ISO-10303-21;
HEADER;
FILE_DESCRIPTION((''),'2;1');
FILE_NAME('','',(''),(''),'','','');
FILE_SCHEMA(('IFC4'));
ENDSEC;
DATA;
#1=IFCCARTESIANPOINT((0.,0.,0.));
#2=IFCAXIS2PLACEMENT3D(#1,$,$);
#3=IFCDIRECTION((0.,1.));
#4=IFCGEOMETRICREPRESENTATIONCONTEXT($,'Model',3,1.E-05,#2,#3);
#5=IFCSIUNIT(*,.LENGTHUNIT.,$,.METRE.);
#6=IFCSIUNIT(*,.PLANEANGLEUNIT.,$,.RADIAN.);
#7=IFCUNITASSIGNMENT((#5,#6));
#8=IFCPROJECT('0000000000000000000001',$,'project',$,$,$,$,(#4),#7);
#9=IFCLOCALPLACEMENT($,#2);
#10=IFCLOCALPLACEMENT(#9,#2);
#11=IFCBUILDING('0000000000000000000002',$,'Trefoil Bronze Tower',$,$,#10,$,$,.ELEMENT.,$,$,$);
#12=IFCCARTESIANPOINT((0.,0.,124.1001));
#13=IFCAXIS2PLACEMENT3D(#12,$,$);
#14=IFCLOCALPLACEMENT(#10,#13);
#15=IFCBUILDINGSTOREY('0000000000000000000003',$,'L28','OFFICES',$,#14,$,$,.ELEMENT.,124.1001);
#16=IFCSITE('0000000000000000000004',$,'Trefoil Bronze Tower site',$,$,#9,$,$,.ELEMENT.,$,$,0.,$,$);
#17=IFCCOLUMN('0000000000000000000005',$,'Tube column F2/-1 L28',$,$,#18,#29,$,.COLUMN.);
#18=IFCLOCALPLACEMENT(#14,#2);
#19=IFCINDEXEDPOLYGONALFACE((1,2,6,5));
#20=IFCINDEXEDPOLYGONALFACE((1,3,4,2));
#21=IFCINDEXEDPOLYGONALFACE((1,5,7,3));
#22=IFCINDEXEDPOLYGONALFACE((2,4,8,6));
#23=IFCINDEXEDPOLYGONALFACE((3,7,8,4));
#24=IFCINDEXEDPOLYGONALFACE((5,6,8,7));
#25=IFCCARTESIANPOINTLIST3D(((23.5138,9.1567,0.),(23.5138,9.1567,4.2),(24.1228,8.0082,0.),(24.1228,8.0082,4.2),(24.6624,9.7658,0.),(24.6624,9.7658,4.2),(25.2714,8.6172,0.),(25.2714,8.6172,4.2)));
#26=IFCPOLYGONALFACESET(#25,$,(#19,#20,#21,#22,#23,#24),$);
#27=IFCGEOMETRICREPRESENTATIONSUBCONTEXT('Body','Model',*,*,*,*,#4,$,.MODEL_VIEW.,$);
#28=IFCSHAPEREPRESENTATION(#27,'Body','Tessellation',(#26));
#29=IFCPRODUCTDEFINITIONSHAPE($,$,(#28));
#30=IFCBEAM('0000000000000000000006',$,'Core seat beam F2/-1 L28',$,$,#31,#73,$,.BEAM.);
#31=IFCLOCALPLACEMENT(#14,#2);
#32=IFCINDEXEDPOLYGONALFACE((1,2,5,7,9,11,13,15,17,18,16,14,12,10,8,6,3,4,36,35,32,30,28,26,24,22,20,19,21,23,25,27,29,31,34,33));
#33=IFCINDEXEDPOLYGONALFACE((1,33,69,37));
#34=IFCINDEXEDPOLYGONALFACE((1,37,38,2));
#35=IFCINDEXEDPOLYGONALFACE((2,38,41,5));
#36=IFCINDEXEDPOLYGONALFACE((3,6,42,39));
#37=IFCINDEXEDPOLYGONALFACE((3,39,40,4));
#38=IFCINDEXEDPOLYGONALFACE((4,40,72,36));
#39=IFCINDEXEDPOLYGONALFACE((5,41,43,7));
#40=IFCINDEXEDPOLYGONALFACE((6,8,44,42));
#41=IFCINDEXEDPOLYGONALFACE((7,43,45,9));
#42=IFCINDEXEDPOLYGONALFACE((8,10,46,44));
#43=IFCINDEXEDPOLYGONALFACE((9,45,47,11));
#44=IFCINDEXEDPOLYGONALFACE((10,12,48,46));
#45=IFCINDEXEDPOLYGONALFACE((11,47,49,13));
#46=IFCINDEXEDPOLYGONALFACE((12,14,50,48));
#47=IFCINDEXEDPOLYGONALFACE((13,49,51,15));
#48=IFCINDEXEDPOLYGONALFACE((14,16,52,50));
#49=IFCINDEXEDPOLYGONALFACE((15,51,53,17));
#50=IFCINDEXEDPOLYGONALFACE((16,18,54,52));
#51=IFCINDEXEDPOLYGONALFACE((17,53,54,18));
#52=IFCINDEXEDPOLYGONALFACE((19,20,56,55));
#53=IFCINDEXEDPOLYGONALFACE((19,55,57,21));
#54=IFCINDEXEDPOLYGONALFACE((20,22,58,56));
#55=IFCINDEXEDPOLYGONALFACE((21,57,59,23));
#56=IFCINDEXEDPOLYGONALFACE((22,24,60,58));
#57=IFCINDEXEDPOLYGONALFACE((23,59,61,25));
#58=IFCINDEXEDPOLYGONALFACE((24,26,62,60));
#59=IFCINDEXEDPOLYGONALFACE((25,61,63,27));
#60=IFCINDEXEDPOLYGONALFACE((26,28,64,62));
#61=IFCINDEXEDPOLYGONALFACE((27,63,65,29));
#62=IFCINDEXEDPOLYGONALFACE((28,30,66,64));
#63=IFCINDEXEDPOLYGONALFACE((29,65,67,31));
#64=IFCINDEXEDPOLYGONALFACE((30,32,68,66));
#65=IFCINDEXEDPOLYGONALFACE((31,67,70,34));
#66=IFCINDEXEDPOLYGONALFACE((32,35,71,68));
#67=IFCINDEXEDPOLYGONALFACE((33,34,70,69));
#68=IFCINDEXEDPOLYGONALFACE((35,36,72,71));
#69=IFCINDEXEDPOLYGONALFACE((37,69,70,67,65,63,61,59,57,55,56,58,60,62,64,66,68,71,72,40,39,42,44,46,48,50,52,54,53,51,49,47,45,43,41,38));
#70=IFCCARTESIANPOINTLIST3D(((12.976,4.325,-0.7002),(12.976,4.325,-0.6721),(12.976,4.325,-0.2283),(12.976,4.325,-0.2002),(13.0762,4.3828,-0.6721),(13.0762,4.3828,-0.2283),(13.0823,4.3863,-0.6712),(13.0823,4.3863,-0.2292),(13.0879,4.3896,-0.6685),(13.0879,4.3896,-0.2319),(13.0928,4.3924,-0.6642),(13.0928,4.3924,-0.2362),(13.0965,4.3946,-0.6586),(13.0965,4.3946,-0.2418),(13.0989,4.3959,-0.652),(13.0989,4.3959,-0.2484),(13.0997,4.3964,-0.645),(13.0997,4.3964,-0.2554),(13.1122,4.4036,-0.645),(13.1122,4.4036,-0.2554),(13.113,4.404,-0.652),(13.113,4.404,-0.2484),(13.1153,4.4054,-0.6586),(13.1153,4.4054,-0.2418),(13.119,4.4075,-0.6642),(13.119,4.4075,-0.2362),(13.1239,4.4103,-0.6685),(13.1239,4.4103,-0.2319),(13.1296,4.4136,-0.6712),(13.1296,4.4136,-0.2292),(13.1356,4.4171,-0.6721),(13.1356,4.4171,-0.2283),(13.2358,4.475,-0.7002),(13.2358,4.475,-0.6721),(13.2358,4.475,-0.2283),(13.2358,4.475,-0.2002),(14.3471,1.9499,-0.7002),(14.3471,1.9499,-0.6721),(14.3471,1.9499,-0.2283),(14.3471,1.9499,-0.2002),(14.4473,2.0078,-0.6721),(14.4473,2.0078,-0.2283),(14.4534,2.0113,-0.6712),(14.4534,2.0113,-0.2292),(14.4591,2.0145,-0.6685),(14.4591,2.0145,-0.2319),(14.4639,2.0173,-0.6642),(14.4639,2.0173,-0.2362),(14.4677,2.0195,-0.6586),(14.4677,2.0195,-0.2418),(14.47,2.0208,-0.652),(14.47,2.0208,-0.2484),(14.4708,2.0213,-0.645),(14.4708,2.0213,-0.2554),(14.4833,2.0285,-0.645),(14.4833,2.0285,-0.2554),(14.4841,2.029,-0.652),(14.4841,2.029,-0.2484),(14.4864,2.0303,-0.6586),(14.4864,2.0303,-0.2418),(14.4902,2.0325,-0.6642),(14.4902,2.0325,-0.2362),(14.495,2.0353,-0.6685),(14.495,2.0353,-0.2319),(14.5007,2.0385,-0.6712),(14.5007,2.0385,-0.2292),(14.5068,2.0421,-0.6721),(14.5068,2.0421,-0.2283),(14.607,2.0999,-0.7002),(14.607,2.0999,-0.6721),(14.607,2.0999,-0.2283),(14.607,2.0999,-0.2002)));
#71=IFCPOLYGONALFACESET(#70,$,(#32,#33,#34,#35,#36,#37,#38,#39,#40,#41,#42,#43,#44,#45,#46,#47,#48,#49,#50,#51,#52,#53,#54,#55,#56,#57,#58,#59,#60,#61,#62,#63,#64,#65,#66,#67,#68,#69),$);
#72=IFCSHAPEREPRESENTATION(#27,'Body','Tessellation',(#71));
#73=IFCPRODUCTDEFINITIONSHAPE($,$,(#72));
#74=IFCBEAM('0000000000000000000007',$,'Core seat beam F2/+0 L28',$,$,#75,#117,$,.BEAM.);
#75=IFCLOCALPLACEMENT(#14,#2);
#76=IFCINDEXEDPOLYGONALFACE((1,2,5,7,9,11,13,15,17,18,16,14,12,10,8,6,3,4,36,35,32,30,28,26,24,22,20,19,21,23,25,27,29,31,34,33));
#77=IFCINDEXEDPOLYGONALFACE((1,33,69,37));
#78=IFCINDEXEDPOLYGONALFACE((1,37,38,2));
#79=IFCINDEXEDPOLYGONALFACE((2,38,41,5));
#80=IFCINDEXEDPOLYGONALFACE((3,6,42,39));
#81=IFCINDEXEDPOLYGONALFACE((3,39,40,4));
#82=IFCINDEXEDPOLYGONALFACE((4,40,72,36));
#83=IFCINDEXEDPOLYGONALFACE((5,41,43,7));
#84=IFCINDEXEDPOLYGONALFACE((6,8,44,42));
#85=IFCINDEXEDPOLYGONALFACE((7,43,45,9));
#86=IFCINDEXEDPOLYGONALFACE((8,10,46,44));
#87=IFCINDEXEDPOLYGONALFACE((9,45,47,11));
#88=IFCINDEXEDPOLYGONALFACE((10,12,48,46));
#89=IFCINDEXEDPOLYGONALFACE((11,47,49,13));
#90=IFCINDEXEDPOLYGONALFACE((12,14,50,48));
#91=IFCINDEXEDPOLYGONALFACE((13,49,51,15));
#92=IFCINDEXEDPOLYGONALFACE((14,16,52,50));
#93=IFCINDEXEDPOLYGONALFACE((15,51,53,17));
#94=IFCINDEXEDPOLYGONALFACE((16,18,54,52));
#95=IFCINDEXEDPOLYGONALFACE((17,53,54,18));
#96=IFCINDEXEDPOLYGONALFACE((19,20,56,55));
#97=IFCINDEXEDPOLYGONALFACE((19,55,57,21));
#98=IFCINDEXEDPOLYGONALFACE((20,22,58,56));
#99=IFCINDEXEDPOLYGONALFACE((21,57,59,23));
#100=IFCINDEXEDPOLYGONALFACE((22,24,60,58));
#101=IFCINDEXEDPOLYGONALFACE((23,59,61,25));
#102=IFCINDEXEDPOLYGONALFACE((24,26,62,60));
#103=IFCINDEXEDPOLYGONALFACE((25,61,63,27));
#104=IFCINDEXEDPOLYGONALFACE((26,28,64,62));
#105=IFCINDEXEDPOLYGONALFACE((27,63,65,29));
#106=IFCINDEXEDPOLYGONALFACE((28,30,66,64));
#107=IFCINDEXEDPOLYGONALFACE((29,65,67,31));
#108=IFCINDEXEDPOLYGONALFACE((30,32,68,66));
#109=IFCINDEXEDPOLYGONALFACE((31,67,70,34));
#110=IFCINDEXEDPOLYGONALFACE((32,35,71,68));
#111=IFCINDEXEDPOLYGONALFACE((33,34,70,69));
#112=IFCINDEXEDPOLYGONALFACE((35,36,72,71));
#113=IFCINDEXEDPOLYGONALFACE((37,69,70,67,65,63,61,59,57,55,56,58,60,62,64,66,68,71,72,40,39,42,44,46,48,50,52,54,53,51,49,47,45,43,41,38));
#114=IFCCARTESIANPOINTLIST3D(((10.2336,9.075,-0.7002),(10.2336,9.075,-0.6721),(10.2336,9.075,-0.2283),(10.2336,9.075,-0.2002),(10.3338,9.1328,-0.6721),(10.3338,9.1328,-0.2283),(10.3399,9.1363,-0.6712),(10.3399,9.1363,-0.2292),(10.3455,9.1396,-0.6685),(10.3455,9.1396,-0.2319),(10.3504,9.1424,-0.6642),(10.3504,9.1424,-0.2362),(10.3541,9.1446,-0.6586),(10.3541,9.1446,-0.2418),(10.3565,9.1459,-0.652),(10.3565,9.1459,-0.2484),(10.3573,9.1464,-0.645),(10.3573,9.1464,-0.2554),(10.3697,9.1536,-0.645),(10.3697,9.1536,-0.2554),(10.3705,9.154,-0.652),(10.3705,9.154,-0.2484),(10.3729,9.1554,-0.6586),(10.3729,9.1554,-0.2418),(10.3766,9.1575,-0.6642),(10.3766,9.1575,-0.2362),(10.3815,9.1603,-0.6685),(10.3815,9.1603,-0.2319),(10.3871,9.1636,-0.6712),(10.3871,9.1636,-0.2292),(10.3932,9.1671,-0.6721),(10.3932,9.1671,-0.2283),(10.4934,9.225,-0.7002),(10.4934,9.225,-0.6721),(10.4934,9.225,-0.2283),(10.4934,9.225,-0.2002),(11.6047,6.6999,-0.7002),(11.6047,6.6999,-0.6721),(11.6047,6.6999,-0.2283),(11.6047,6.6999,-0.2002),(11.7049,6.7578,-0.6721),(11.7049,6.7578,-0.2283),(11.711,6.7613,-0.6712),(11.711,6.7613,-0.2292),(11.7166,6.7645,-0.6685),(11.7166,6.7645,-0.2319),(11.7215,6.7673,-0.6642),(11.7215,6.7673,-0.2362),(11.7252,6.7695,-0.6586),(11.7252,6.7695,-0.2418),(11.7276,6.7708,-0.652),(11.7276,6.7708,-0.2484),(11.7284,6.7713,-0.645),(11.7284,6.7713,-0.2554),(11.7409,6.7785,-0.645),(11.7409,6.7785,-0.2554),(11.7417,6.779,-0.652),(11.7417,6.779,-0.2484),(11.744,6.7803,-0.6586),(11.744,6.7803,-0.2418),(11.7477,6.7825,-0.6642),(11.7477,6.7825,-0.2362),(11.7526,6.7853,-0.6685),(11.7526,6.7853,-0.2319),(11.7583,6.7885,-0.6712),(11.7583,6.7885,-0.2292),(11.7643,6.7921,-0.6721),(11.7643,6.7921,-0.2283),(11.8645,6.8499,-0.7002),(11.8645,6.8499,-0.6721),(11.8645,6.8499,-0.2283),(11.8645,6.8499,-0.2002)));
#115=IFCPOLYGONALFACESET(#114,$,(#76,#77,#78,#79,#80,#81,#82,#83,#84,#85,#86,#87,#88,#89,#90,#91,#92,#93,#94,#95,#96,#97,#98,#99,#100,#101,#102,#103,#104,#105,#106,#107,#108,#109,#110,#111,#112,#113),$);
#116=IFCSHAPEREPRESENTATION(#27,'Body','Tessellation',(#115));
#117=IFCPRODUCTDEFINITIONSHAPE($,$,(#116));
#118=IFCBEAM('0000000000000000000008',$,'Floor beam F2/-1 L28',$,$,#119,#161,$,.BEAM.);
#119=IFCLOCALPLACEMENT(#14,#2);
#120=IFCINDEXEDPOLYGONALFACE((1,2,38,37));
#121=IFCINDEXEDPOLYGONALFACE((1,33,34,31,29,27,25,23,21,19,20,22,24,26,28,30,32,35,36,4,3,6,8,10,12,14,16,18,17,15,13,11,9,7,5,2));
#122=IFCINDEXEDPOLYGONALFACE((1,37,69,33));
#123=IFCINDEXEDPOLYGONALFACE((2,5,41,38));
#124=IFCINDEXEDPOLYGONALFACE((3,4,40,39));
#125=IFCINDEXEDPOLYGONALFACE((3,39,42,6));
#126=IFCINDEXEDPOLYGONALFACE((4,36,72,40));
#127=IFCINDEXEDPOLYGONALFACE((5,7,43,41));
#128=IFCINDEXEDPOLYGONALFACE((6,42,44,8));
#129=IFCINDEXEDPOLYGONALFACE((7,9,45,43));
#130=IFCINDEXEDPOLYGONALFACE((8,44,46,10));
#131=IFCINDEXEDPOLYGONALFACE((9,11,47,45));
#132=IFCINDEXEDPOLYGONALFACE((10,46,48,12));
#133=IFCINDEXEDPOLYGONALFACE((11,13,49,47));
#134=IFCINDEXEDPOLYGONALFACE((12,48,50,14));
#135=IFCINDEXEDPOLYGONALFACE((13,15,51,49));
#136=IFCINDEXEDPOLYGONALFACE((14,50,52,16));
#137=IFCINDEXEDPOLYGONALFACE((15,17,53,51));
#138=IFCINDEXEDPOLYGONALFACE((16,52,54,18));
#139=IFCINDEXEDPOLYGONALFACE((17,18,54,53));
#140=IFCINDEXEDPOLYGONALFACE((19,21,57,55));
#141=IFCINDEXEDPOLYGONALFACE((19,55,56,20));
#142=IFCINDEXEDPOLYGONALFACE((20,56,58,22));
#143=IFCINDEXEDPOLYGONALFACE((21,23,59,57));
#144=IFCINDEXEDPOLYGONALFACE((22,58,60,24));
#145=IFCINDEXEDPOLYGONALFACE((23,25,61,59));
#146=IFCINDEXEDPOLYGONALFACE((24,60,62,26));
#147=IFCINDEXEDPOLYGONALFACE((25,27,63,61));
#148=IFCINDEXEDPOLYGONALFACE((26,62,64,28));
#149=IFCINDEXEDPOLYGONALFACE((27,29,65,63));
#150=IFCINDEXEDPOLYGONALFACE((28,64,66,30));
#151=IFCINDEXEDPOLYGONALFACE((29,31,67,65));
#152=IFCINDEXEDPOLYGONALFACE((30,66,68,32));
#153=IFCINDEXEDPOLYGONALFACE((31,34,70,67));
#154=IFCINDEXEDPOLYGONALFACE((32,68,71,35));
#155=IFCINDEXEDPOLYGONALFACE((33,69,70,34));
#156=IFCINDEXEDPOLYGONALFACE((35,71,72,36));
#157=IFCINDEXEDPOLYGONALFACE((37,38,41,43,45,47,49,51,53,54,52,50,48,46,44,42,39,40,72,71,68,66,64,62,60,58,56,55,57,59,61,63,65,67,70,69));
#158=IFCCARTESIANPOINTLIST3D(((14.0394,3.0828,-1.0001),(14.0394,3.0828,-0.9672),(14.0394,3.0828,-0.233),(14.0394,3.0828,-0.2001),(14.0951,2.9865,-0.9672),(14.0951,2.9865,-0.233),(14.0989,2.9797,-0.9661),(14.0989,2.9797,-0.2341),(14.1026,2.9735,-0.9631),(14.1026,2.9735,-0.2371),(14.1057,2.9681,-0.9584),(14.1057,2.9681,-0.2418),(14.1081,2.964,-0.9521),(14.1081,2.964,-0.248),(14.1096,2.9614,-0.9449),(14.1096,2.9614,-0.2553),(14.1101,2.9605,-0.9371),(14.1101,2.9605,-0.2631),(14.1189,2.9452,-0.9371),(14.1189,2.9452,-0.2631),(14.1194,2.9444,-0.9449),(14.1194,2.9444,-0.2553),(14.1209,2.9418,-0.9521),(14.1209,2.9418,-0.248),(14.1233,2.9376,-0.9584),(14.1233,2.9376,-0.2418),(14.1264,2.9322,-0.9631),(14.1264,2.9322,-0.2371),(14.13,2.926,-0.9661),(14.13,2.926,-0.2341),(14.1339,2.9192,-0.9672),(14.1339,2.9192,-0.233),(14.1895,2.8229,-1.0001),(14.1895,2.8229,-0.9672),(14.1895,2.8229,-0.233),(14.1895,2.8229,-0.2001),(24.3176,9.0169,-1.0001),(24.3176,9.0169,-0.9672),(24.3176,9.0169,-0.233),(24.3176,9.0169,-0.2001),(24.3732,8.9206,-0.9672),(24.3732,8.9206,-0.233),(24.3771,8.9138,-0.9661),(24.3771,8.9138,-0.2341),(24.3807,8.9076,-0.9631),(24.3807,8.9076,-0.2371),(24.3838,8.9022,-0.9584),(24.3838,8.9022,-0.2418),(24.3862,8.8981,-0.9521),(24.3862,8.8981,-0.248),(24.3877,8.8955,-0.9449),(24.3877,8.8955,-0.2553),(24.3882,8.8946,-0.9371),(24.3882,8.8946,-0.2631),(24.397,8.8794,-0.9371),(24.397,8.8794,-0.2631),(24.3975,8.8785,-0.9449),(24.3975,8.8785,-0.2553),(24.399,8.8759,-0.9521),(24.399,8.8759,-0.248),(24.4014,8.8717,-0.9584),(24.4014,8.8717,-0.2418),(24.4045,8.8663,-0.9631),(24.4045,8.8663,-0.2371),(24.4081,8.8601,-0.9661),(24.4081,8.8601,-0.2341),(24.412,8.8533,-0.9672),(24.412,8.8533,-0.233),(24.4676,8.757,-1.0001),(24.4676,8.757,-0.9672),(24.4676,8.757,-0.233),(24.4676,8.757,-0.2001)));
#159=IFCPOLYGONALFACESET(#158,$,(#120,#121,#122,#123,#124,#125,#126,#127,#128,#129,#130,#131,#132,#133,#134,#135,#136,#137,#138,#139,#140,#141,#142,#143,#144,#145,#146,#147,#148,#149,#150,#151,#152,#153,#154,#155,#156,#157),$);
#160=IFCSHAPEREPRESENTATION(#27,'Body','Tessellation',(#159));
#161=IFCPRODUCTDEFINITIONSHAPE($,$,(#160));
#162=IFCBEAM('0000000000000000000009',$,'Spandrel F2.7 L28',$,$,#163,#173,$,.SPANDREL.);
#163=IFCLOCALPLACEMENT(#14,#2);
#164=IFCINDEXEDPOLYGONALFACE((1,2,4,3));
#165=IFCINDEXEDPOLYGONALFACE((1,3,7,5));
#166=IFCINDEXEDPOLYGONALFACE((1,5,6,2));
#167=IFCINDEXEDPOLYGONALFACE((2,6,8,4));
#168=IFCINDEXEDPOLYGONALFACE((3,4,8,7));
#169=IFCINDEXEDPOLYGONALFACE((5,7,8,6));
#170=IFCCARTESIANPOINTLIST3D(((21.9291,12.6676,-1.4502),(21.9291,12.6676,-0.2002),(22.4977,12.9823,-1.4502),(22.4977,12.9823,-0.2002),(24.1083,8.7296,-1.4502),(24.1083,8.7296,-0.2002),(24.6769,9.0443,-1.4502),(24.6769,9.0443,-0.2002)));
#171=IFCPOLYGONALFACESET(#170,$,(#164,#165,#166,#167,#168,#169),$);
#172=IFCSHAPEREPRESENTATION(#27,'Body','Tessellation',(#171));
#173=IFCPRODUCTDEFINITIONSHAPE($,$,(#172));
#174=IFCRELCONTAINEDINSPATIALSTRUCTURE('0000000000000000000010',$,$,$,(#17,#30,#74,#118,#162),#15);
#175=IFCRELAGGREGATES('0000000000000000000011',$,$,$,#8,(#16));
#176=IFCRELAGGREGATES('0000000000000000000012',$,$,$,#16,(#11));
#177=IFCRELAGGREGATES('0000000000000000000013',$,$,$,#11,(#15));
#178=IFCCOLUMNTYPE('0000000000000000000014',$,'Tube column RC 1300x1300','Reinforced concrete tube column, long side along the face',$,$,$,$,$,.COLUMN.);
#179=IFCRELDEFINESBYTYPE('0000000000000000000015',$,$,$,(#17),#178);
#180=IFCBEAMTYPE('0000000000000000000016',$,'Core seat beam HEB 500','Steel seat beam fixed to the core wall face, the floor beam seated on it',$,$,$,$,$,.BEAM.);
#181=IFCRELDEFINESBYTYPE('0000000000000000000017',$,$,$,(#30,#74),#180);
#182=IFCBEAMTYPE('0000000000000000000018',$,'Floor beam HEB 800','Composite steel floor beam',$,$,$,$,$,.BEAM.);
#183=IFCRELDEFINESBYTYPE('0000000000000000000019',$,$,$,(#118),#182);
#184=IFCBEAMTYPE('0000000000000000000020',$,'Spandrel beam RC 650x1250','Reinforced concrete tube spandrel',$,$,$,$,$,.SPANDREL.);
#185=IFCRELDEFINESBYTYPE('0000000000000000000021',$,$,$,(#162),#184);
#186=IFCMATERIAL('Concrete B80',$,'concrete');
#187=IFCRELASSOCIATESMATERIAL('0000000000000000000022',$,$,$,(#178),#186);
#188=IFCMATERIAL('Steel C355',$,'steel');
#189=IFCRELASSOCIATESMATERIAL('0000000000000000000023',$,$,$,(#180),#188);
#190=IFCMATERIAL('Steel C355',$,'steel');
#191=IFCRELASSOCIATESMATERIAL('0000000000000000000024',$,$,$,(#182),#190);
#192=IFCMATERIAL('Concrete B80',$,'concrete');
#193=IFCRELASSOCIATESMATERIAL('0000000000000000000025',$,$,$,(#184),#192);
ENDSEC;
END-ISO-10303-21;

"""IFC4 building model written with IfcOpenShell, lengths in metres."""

from ifc_helpers import new_model, si_unit, direction, frame, origin, origin_2d, place, context, subcontext, project, spatial, rectangle, i_section, extrude, material, material_profile, profile_set, type_object, element, save


model = new_model("IFC4")

# Units and contexts
model_context = context("Model", 3, precision=1e-05, world=origin(), true_north=direction((0.0, 1.0)))
body_context = subcontext(model_context, "Body", "Model", "MODEL_VIEW")
ifc_project = project(units=[si_unit("LENGTHUNIT", "METRE"), si_unit("PLANEANGLEUNIT", "RADIAN")], contexts=[model_context])

# Site, building, storey
site_placement = place(None, origin())
site = spatial("IfcSite", under=ifc_project, at=site_placement, Name="Trefoil Bronze Tower site", CompositionType="ELEMENT", RefElevation=0.0)
building_placement = place(site_placement, origin())
building = spatial("IfcBuilding", under=site, at=building_placement, Name="Trefoil Bronze Tower", CompositionType="ELEMENT")
storey_placement = place(building_placement, frame((0.0, 0.0, 124.1001)))
storey = spatial("IfcBuildingStorey", under=building, at=storey_placement, Name="L28", Description="OFFICES", CompositionType="ELEMENT", Elevation=124.1001)

# Column
ifc_material_1 = material(Name="Concrete B80", Category="concrete")
ifc_material_profile_1 = material_profile(ifc_material_1, rectangle(XDim=1.3, YDim=1.3, at=origin_2d()), Name="RC 1300x1300")
ifc_profile_set_1 = profile_set([ifc_material_profile_1], Name="Concrete B80")
column_type = type_object("IfcColumnType", Name="Tube column RC 1300x1300", Description="Reinforced concrete tube column, long side along the face", PredefinedType="COLUMN", material=ifc_profile_set_1)
column_placement = place(storey_placement, frame((24.3926, 8.887, 0.0), z_axis=(0.0, 0.0, 1.0), x_axis=(-0.468457, 0.883486, 0.0)))
element("IfcColumn", 1, at=column_placement, inside=storey, type_object=column_type, Name="Tube column F2/-1 L28", PredefinedType="COLUMN", context=body_context, shape_type="SweptSolid", body=[
    extrude(rectangle(XDim=1.3, YDim=1.3, at=origin_2d()), origin(), (0.0, 0.0, 1.0), 4.2),
])

# Beams
ifc_material_2 = material(Name="Steel C355", Category="steel")
ifc_material_profile_2 = material_profile(ifc_material_2, i_section(OverallWidth=0.3, OverallDepth=0.5, WebThickness=0.0144, FlangeThickness=0.0281, FilletRadius=0.0271, at=origin_2d()), Name="HEB 500")
ifc_profile_set_2 = profile_set([ifc_material_profile_2], Name="Steel C355")
beam_type_1 = type_object("IfcBeamType", Name="Core seat beam HEB 500", Description="Steel seat beam fixed to the core wall face, the floor beam seated on it", PredefinedType="BEAM", material=ifc_profile_set_2)
for number, where, z_axis, x_axis, name in (
    (2, (14.4771, 2.0249, -0.4502), (-0.499969, 0.866043, 0.0), (-0.866043, -0.499969, 0.0), "Core seat beam F2/-1 L28"),
    (3, (11.7346, 6.7749, -0.4502), (-0.499969, 0.866043, 0.0), (-0.866043, -0.499969, 0.0), "Core seat beam F2/+0 L28"),
):
    element("IfcBeam", number, at=place(storey_placement, frame(where, z_axis=z_axis, x_axis=x_axis)), inside=storey, type_object=beam_type_1, Name=name, PredefinedType="BEAM", context=body_context, shape_type="SweptSolid", body=[
        extrude(i_section(OverallWidth=0.3, OverallDepth=0.5, WebThickness=0.0144, FlangeThickness=0.0281, FilletRadius=0.0271, at=origin_2d()), origin(), (0.0, 0.0, 1.0), 2.7424),
    ])
ifc_material_3 = material(Name="Steel C355", Category="steel")
ifc_material_profile_3 = material_profile(ifc_material_3, i_section(OverallWidth=0.3, OverallDepth=0.8, WebThickness=0.0176, FlangeThickness=0.033, FilletRadius=0.03, at=origin_2d()), Name="HEB 800")
ifc_profile_set_3 = profile_set([ifc_material_profile_3], Name="Steel C355")
beam_type_2 = type_object("IfcBeamType", Name="Floor beam HEB 800", Description="Composite steel floor beam", PredefinedType="BEAM", material=ifc_profile_set_3)
beam_1_placement = place(storey_placement, frame((24.3926, 8.887, -0.6001), z_axis=(-0.866024, -0.500002, 0.0), x_axis=(0.500002, -0.866024, 0.0)))
element("IfcBeam", 4, at=beam_1_placement, inside=storey, type_object=beam_type_2, Name="Floor beam F2/-1 L28", PredefinedType="BEAM", context=body_context, shape_type="SweptSolid", body=[
    extrude(i_section(OverallWidth=0.3, OverallDepth=0.8, WebThickness=0.0176, FlangeThickness=0.033, FilletRadius=0.03, at=origin_2d()), origin(), (0.0, 0.0, 1.0), 11.8682),
])
ifc_material_4 = material(Name="Concrete B80", Category="concrete")
ifc_material_profile_4 = material_profile(ifc_material_4, rectangle(XDim=0.6499, YDim=1.25, at=origin_2d()), Name="RC 650x1250")
ifc_profile_set_4 = profile_set([ifc_material_profile_4], Name="Concrete B80")
beam_type_3 = type_object("IfcBeamType", Name="Spandrel beam RC 650x1250", Description="Reinforced concrete tube spandrel", PredefinedType="SPANDREL", material=ifc_profile_set_4)
beam_2_placement = place(storey_placement, frame((24.3926, 8.887, -0.8252), z_axis=(-0.484187, 0.874965, 0.0), x_axis=(-0.874965, -0.484187, 0.0)))
element("IfcBeam", 5, at=beam_2_placement, inside=storey, type_object=beam_type_3, Name="Spandrel F2.7 L28", PredefinedType="SPANDREL", context=body_context, shape_type="SweptSolid", body=[
    extrude(rectangle(XDim=0.6499, YDim=1.25, at=origin_2d()), origin(), (0.0, 0.0, 1.0), 4.5007),
])

save(model, "model.ifc")
